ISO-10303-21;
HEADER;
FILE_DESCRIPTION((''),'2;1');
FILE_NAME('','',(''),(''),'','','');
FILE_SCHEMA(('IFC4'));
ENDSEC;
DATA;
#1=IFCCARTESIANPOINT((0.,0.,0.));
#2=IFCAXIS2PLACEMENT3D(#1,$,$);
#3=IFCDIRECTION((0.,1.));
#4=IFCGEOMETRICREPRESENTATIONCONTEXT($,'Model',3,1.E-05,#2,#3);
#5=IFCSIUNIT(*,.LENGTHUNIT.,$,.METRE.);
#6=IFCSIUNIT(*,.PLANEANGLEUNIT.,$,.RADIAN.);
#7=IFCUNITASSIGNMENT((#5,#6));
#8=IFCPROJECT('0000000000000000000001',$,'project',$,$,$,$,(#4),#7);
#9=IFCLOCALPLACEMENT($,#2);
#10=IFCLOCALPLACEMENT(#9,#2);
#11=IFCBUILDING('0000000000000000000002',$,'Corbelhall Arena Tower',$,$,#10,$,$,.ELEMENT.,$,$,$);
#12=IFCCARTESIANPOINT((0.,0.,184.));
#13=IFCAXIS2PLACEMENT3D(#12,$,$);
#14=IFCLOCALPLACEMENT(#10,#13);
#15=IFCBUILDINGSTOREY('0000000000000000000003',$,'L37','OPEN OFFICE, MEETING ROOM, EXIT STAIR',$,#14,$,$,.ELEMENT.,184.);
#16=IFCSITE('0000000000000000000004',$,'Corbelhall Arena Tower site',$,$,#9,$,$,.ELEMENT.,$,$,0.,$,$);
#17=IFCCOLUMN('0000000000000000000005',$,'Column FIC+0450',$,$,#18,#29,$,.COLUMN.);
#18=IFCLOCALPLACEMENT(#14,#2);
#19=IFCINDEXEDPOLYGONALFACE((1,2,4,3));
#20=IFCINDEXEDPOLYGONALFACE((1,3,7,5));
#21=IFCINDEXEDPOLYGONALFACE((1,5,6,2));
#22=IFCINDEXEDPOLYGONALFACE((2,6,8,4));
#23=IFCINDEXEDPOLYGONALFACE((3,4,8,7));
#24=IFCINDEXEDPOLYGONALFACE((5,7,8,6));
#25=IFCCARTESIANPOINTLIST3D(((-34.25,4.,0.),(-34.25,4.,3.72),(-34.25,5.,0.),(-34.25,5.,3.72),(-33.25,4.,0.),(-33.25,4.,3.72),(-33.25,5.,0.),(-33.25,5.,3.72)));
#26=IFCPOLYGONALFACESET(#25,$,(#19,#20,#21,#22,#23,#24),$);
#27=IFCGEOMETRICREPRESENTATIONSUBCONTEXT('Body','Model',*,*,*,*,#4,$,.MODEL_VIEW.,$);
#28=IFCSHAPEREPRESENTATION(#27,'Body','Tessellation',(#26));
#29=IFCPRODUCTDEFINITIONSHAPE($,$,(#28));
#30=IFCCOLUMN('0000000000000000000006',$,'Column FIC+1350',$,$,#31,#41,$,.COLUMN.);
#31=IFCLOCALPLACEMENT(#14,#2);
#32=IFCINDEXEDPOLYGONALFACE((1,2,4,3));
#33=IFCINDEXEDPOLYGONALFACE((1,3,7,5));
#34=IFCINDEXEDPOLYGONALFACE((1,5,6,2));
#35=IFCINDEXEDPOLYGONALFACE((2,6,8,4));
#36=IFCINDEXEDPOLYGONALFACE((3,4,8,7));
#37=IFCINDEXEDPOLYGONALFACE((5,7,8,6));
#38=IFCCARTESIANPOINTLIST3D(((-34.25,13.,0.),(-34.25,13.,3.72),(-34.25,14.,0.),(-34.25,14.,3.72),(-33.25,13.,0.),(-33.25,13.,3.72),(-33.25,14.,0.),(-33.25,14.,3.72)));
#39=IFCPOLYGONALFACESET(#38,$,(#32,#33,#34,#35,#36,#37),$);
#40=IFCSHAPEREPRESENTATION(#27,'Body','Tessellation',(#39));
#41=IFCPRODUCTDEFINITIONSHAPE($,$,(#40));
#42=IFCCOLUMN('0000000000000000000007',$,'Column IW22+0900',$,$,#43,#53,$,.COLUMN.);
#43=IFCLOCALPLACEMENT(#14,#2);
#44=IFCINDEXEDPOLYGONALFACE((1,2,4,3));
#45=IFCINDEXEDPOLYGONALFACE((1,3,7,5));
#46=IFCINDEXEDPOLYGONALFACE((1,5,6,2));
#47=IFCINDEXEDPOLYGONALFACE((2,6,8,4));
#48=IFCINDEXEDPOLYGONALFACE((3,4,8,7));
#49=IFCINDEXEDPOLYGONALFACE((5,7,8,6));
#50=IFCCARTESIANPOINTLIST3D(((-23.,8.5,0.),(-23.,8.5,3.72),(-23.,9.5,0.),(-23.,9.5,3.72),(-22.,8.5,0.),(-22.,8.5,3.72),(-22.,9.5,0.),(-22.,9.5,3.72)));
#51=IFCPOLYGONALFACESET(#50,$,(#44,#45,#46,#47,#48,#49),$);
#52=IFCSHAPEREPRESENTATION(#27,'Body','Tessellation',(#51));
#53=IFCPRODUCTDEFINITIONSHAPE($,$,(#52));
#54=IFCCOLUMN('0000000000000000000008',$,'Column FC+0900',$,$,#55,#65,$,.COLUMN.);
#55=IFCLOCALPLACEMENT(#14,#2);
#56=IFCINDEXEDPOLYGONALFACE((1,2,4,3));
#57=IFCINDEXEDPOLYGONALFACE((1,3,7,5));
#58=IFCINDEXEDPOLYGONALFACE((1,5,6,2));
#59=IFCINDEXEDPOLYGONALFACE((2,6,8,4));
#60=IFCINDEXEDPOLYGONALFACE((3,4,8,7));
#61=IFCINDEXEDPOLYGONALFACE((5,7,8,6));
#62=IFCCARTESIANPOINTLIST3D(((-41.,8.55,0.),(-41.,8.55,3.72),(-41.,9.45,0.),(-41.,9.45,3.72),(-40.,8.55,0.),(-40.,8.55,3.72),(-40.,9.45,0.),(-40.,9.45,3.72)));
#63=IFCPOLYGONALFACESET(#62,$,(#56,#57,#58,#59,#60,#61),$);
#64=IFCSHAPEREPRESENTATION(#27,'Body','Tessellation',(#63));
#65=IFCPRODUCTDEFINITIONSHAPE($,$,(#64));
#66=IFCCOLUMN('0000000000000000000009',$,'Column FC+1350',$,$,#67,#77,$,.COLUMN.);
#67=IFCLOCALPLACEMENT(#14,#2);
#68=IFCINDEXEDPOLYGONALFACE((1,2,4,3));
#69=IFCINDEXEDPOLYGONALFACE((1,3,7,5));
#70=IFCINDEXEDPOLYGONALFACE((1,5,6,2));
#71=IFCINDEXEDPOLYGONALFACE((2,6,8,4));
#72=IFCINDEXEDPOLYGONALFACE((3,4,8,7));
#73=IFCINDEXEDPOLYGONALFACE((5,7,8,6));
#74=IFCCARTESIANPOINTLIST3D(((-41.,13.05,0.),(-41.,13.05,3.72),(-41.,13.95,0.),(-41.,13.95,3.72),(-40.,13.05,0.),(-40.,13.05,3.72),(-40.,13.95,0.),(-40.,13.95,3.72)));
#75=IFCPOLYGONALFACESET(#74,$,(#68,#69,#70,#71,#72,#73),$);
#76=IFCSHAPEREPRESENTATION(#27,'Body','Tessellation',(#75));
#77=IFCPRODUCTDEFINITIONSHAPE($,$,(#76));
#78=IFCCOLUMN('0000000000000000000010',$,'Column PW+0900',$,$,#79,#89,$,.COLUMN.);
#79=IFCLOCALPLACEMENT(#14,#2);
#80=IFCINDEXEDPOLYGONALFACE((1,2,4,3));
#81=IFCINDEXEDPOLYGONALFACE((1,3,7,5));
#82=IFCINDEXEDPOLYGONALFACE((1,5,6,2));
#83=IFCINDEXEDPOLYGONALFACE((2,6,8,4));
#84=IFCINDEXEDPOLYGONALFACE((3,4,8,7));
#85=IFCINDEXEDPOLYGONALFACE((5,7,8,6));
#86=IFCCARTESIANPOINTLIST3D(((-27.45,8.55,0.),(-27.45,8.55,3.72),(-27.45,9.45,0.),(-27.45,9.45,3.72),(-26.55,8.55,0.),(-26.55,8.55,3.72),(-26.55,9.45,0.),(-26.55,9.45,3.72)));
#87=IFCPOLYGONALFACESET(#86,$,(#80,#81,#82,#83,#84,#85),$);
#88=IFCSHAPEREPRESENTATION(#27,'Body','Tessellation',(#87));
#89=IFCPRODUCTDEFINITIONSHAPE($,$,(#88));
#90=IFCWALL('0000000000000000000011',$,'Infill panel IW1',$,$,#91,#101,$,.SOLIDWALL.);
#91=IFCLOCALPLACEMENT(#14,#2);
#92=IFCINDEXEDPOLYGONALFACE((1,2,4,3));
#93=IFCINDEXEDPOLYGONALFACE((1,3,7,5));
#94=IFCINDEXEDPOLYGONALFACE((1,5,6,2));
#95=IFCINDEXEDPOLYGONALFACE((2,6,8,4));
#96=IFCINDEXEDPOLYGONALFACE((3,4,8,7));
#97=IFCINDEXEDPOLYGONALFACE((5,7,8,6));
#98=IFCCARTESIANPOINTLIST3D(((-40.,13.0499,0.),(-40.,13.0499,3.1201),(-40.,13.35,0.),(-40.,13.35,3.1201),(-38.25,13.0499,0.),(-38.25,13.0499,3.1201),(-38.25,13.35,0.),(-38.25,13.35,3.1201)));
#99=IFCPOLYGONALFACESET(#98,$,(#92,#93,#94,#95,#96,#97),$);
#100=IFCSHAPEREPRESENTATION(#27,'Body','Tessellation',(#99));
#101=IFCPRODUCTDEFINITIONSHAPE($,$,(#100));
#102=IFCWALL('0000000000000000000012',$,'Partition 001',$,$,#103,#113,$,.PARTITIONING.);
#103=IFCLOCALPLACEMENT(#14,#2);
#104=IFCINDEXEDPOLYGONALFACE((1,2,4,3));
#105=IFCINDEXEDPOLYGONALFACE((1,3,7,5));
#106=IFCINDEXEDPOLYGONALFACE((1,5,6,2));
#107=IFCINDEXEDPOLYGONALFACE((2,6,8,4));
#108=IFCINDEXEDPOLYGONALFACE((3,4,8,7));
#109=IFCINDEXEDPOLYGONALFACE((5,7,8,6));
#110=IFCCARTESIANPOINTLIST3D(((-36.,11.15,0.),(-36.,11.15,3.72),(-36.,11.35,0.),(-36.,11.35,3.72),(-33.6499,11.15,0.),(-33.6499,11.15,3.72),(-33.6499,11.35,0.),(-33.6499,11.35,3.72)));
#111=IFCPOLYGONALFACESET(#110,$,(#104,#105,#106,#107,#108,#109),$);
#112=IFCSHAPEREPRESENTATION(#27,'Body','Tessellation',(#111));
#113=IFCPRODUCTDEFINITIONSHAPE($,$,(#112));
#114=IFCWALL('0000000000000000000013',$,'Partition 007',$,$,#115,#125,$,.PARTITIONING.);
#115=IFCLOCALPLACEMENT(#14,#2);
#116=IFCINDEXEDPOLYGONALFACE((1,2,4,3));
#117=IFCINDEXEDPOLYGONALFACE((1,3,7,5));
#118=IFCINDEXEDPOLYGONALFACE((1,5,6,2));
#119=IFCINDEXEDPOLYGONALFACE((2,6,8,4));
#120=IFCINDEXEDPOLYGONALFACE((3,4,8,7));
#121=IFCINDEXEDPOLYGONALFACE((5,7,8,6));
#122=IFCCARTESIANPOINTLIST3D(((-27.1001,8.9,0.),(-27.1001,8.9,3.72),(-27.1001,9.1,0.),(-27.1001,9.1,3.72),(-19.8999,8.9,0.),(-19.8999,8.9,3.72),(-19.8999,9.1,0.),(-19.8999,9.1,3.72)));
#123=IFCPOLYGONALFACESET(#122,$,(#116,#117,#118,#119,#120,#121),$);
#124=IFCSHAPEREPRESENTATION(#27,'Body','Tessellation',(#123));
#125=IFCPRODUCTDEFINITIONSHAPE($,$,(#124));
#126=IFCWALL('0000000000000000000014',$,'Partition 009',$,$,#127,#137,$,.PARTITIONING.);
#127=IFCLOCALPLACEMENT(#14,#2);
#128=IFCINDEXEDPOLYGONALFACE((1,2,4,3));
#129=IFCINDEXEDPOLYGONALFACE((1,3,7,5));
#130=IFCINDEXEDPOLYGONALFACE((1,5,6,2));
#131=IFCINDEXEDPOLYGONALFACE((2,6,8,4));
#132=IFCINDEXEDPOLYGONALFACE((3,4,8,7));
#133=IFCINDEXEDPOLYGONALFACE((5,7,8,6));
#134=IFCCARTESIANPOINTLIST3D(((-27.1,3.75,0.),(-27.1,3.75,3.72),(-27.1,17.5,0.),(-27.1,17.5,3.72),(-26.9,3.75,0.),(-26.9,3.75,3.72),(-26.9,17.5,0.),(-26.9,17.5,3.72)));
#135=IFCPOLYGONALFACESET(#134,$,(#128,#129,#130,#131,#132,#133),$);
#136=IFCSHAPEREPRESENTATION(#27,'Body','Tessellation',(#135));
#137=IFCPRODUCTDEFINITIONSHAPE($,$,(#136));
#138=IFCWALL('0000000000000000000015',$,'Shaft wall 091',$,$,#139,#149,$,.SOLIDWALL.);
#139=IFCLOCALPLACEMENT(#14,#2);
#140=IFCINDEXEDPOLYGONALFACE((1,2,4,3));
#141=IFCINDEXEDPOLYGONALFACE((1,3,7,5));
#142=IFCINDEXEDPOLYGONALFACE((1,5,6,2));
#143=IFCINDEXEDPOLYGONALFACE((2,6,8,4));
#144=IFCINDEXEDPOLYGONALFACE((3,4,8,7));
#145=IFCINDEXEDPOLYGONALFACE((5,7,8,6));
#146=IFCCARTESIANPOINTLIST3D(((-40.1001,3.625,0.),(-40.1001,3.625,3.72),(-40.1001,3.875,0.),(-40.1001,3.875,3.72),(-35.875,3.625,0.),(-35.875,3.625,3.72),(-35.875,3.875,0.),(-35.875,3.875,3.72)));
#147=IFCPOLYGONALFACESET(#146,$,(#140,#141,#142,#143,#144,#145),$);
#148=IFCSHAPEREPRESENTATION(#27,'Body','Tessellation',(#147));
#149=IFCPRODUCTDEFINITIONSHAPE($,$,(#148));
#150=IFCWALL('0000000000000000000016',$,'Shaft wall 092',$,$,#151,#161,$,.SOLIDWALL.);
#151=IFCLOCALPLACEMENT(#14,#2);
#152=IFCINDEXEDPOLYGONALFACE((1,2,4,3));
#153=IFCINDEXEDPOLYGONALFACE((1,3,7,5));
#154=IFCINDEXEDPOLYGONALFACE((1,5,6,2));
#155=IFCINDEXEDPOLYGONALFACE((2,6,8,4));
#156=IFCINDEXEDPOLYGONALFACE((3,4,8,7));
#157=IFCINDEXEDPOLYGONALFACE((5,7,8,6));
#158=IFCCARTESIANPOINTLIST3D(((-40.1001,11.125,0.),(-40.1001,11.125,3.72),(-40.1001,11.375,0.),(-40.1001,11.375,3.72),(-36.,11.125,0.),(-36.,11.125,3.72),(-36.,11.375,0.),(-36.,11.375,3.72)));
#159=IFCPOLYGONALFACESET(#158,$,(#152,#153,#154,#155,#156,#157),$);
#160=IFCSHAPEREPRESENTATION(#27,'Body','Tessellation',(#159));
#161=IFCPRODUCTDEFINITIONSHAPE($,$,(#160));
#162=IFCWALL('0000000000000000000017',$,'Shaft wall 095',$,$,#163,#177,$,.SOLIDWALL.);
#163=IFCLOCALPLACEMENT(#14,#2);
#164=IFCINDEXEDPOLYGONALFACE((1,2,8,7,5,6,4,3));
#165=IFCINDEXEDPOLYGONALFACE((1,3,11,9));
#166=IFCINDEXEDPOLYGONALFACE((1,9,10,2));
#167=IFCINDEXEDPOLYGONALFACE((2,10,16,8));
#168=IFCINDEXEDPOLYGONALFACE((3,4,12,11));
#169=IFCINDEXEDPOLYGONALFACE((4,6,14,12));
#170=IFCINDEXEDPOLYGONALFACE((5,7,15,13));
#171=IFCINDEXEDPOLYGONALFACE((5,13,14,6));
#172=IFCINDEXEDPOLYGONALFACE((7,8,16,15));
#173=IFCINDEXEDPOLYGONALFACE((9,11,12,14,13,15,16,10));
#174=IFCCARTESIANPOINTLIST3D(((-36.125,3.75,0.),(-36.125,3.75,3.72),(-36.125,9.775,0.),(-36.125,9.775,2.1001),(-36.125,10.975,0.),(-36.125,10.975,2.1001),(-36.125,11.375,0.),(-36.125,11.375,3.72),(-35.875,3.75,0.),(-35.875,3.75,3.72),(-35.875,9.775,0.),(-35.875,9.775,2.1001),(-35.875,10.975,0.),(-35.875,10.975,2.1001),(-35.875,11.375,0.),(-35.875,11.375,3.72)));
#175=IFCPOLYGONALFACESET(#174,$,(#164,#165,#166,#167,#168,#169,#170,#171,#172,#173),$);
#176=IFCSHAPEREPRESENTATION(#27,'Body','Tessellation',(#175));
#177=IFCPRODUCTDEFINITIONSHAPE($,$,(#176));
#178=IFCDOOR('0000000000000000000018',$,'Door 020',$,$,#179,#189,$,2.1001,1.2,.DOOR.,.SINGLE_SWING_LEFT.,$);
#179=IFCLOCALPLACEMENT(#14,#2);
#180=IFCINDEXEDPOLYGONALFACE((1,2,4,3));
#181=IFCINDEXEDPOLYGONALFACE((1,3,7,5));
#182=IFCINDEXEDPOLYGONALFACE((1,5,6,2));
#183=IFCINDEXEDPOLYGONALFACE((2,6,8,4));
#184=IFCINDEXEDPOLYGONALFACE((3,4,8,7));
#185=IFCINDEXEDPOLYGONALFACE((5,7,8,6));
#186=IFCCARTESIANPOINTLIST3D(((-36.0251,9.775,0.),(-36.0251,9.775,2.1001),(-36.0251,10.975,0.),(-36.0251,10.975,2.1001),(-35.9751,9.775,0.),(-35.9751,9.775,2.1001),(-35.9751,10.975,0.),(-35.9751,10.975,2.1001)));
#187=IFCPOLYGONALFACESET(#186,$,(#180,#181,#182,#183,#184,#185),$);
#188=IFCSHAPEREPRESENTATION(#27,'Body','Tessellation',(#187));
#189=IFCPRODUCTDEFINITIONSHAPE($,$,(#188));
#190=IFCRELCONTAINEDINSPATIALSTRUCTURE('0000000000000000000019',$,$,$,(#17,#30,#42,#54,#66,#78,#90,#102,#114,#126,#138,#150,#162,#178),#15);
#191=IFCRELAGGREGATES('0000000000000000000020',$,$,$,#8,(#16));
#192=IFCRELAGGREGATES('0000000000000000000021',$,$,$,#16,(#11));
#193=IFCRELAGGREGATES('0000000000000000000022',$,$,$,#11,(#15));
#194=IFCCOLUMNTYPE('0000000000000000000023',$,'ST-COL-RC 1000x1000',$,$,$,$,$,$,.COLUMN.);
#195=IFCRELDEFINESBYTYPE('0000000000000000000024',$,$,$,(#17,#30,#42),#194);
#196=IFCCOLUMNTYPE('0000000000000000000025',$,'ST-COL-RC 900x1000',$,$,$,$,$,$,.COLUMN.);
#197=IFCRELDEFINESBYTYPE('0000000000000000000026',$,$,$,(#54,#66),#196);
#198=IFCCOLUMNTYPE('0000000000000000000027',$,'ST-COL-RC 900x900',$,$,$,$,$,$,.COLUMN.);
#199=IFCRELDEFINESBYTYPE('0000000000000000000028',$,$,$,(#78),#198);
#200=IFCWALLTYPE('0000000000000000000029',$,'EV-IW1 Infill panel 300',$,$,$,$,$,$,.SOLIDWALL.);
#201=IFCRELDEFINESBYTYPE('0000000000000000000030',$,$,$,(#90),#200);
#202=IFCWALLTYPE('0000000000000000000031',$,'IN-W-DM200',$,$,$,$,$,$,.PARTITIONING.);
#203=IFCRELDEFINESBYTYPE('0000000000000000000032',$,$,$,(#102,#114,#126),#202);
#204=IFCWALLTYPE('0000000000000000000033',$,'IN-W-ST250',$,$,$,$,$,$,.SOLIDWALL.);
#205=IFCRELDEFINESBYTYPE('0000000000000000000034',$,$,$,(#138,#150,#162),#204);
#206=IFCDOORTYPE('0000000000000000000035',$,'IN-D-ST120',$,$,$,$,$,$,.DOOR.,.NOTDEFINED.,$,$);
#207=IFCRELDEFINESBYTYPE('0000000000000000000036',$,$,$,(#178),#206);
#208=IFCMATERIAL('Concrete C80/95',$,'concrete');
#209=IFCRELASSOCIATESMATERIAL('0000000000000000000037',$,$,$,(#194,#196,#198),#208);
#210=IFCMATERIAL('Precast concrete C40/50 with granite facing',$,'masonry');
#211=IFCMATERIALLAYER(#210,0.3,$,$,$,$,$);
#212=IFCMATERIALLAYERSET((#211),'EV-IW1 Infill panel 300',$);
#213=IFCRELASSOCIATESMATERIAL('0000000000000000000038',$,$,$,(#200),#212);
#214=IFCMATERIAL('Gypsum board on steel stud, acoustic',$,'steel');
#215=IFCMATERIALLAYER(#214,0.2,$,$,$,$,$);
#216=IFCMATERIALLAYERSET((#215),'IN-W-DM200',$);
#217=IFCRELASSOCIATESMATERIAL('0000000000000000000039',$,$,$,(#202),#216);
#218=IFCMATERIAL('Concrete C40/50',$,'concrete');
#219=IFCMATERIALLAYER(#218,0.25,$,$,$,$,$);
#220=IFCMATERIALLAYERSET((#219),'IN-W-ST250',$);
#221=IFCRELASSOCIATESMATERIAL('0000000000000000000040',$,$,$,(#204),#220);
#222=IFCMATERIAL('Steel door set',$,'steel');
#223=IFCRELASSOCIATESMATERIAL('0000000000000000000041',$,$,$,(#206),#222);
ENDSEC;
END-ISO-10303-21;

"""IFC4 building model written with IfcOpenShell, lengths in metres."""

from ifc_helpers import new_model, si_unit, direction, frame, frame_2d, origin, origin_2d, place, context, subcontext, project, spatial, rectangle, extrude, material, layer, layer_set, material_profile, profile_set, type_object, element, fill, save


model = new_model("IFC4")

# Units and contexts
model_context = context("Model", 3, precision=1e-05, world=origin(), true_north=direction((0.0, 1.0)))
body_context = subcontext(model_context, "Body", "Model", "MODEL_VIEW")
ifc_project = project(units=[si_unit("LENGTHUNIT", "METRE"), si_unit("PLANEANGLEUNIT", "RADIAN")], contexts=[model_context])

# Site, building, storey
site_placement = place(None, origin())
site = spatial("IfcSite", under=ifc_project, at=site_placement, Name="Corbelhall Arena Tower site", CompositionType="ELEMENT", RefElevation=0.0)
building_placement = place(site_placement, origin())
building = spatial("IfcBuilding", under=site, at=building_placement, Name="Corbelhall Arena Tower", CompositionType="ELEMENT")
storey_placement = place(building_placement, frame((0.0, 0.0, 184.0)))
storey = spatial("IfcBuildingStorey", under=building, at=storey_placement, Name="L37", Description="OPEN OFFICE, MEETING ROOM, EXIT STAIR", CompositionType="ELEMENT", Elevation=184.0)

# Columns
ifc_material_1 = material(Name="Concrete C80/95", Category="concrete")
ifc_material_profile_1 = material_profile(ifc_material_1, rectangle(XDim=1.0, YDim=1.0, at=origin_2d()))
ifc_profile_set_1 = profile_set([ifc_material_profile_1], Name="Concrete C80/95")
column_type_1 = type_object("IfcColumnType", Name="ST-COL-RC 1000x1000", PredefinedType="COLUMN", material=ifc_profile_set_1)
for number, where, z_axis, x_axis, name in (
    (1, (-33.75, 4.5, 0.0), (0.0, 0.0, 1.0), (1.0, 0.0, 0.0), "Column FIC+0450"),
    (2, (-33.75, 13.5, 0.0), (0.0, 0.0, 1.0), (1.0, 0.0, 0.0), "Column FIC+1350"),
    (3, (-22.5, 9.0, 0.0), (0.0, 0.0, 1.0), (1.0, 0.0, 0.0), "Column IW22+0900"),
):
    element("IfcColumn", number, at=place(storey_placement, frame(where, z_axis=z_axis, x_axis=x_axis)), inside=storey, type_object=column_type_1, Name=name, PredefinedType="COLUMN", context=body_context, shape_type="SweptSolid", body=[
        extrude(rectangle(XDim=1.0, YDim=1.0, at=origin_2d()), origin(), (0.0, 0.0, 1.0), 3.72),
    ])
ifc_material_profile_2 = material_profile(ifc_material_1, rectangle(XDim=0.8999, YDim=1.0, at=origin_2d()))
ifc_profile_set_2 = profile_set([ifc_material_profile_2], Name="Concrete C80/95")
column_type_2 = type_object("IfcColumnType", Name="ST-COL-RC 900x1000", PredefinedType="COLUMN", material=ifc_profile_set_2)
for number, where, z_axis, x_axis, name in (
    (4, (-40.5, 9.0, 0.0), (0.0, 0.0, 1.0), (0.0, 1.0, 0.0), "Column FC+0900"),
    (5, (-40.5, 13.5, 0.0), (0.0, 0.0, 1.0), (0.0, 1.0, 0.0), "Column FC+1350"),
):
    element("IfcColumn", number, at=place(storey_placement, frame(where, z_axis=z_axis, x_axis=x_axis)), inside=storey, type_object=column_type_2, Name=name, PredefinedType="COLUMN", context=body_context, shape_type="SweptSolid", body=[
        extrude(rectangle(XDim=0.8999, YDim=1.0, at=origin_2d()), origin(), (0.0, 0.0, 1.0), 3.72),
    ])
ifc_material_profile_3 = material_profile(ifc_material_1, rectangle(XDim=0.8999, YDim=0.8999, at=origin_2d()))
ifc_profile_set_3 = profile_set([ifc_material_profile_3], Name="Concrete C80/95")
column_type_3 = type_object("IfcColumnType", Name="ST-COL-RC 900x900", PredefinedType="COLUMN", material=ifc_profile_set_3)
column_placement = place(storey_placement, frame((-27.0, 9.0, 0.0), z_axis=(0.0, 0.0, 1.0), x_axis=(1.0, 0.0, 0.0)))
element("IfcColumn", 6, at=column_placement, inside=storey, type_object=column_type_3, Name="Column PW+0900", PredefinedType="COLUMN", context=body_context, shape_type="SweptSolid", body=[
    extrude(rectangle(XDim=0.8999, YDim=0.8999, at=origin_2d()), origin(), (0.0, 0.0, 1.0), 3.72),
])

# Wall
ifc_material_2 = material(Name="Precast concrete C40/50 with granite facing", Category="masonry")
ifc_layer_1 = layer(ifc_material_2, 0.3)
ifc_layer_set_1 = layer_set([ifc_layer_1], Name="EV-IW1 Infill panel 300")
wall_type_1 = type_object("IfcWallType", Name="EV-IW1 Infill panel 300", PredefinedType="SOLIDWALL", material=ifc_layer_set_1)
wall_1_placement = place(storey_placement, frame((-40.0, 13.2, 0.0), z_axis=(0.0, 0.0, 1.0), x_axis=(1.0, 0.0, 0.0)))
element("IfcWall", 7, at=wall_1_placement, inside=storey, type_object=wall_type_1, Name="Infill panel IW1", PredefinedType="SOLIDWALL", context=body_context, shape_type="SweptSolid", body=[
    extrude(rectangle(XDim=1.75, YDim=0.3, at=frame_2d((0.875, 0.0))), origin(), (0.0, 0.0, 1.0), 3.1201),
])

# Wall
ifc_material_3 = material(Name="Gypsum board on steel stud, acoustic", Category="steel")
ifc_layer_2 = layer(ifc_material_3, 0.2)
ifc_layer_set_2 = layer_set([ifc_layer_2], Name="IN-W-DM200")
wall_type_2 = type_object("IfcWallType", Name="IN-W-DM200", PredefinedType="PARTITIONING", material=ifc_layer_set_2)
wall_2_placement = place(storey_placement, frame((-36.0, 11.25, 0.0), z_axis=(0.0, 0.0, 1.0), x_axis=(1.0, 0.0, 0.0)))
element("IfcWall", 8, at=wall_2_placement, inside=storey, type_object=wall_type_2, Name="Partition 001", PredefinedType="PARTITIONING", context=body_context, shape_type="SweptSolid", body=[
    extrude(rectangle(XDim=2.3501, YDim=0.2, at=frame_2d((1.175, 0.0))), origin(), (0.0, 0.0, 1.0), 3.72),
])

# Shared definitions
ifc_material_4 = material(Name="Steel door set", Category="steel")

# Walls
wall_3_placement = place(storey_placement, frame((-27.1001, 9.0, 0.0), z_axis=(0.0, 0.0, 1.0), x_axis=(1.0, 0.0, 0.0)))
element("IfcWall", 9, at=wall_3_placement, inside=storey, type_object=wall_type_2, Name="Partition 007", PredefinedType="PARTITIONING", context=body_context, shape_type="SweptSolid", body=[
    extrude(rectangle(XDim=7.2002, YDim=0.2, at=frame_2d((3.6001, 0.0))), origin(), (0.0, 0.0, 1.0), 3.72),
])
wall_4_placement = place(storey_placement, frame((-27.0, 3.75, 0.0), z_axis=(0.0, 0.0, 1.0), x_axis=(0.0, 1.0, 0.0)))
element("IfcWall", 10, at=wall_4_placement, inside=storey, type_object=wall_type_2, Name="Partition 009", PredefinedType="PARTITIONING", context=body_context, shape_type="SweptSolid", body=[
    extrude(rectangle(XDim=13.75, YDim=0.2, at=frame_2d((6.875, 0.0))), origin(), (0.0, 0.0, 1.0), 3.72),
])
ifc_material_5 = material(Name="Concrete C40/50", Category="concrete")
ifc_layer_3 = layer(ifc_material_5, 0.25)
ifc_layer_set_3 = layer_set([ifc_layer_3], Name="IN-W-ST250")
wall_type_3 = type_object("IfcWallType", Name="IN-W-ST250", PredefinedType="SOLIDWALL", material=ifc_layer_set_3)
wall_5_placement = place(storey_placement, frame((-40.1001, 3.75, 0.0), z_axis=(0.0, 0.0, 1.0), x_axis=(1.0, 0.0, 0.0)))
element("IfcWall", 11, at=wall_5_placement, inside=storey, type_object=wall_type_3, Name="Shaft wall 091", PredefinedType="SOLIDWALL", context=body_context, shape_type="SweptSolid", body=[
    extrude(rectangle(XDim=4.2251, YDim=0.25, at=frame_2d((2.1125, 0.0))), origin(), (0.0, 0.0, 1.0), 3.72),
])
wall_6_placement = place(storey_placement, frame((-40.1001, 11.25, 0.0), z_axis=(0.0, 0.0, 1.0), x_axis=(1.0, 0.0, 0.0)))
element("IfcWall", 12, at=wall_6_placement, inside=storey, type_object=wall_type_3, Name="Shaft wall 092", PredefinedType="SOLIDWALL", context=body_context, shape_type="SweptSolid", body=[
    extrude(rectangle(XDim=4.1001, YDim=0.25, at=frame_2d((2.05, 0.0))), origin(), (0.0, 0.0, 1.0), 3.72),
])

# Wall, opening, door
wall_7_placement = place(storey_placement, frame((-36.0, 11.375, 0.0), z_axis=(0.0, 0.0, 1.0), x_axis=(0.0, -1.0, 0.0)))
wall_7 = element("IfcWall", 13, at=wall_7_placement, inside=storey, type_object=wall_type_3, Name="Shaft wall 095", PredefinedType="SOLIDWALL", context=body_context, shape_type="SweptSolid", body=[
    extrude(rectangle(XDim=7.625, YDim=0.25, at=frame_2d((3.8125, 0.0))), origin(), (0.0, 0.0, 1.0), 3.72),
])
opening_1_placement = place(wall_7_placement, frame((0.3999, 0.0, 0.0)))
opening_1 = element("IfcOpeningElement", 14, at=opening_1_placement, cuts=wall_7, PredefinedType="OPENING", context=body_context, shape_type="SweptSolid", body=[
    extrude(rectangle(XDim=1.2, YDim=2.1001, at=frame_2d((0.6001, 1.05))), frame((0.0, 0.125, 0.0), z_axis=(0.0, -1.0, 0.0), x_axis=(1.0, 0.0, 0.0)), (0.0, 0.0, 1.0), 0.25),
])
door_type_1 = type_object("IfcDoorType", Name="IN-D-ST120", OperationType="NOTDEFINED", PredefinedType="DOOR", material=ifc_material_4)
door_1_placement = place(opening_1_placement, origin())
door_1 = element("IfcDoor", 15, at=door_1_placement, inside=storey, type_object=door_type_1, Name="Door 020", OperationType="SINGLE_SWING_LEFT", OverallHeight=2.1001, OverallWidth=1.2, PredefinedType="DOOR", context=body_context, shape_type="SweptSolid", body=[
    extrude(rectangle(XDim=1.2, YDim=2.1001, at=frame_2d((0.6001, 1.05))), frame((0.0, 0.0249, 0.0), z_axis=(0.0, -1.0, 0.0), x_axis=(1.0, 0.0, 0.0)), (0.0, 0.0, 1.0), 0.05),
])
fill(opening_1, door_1)

save(model, "model.ifc")
